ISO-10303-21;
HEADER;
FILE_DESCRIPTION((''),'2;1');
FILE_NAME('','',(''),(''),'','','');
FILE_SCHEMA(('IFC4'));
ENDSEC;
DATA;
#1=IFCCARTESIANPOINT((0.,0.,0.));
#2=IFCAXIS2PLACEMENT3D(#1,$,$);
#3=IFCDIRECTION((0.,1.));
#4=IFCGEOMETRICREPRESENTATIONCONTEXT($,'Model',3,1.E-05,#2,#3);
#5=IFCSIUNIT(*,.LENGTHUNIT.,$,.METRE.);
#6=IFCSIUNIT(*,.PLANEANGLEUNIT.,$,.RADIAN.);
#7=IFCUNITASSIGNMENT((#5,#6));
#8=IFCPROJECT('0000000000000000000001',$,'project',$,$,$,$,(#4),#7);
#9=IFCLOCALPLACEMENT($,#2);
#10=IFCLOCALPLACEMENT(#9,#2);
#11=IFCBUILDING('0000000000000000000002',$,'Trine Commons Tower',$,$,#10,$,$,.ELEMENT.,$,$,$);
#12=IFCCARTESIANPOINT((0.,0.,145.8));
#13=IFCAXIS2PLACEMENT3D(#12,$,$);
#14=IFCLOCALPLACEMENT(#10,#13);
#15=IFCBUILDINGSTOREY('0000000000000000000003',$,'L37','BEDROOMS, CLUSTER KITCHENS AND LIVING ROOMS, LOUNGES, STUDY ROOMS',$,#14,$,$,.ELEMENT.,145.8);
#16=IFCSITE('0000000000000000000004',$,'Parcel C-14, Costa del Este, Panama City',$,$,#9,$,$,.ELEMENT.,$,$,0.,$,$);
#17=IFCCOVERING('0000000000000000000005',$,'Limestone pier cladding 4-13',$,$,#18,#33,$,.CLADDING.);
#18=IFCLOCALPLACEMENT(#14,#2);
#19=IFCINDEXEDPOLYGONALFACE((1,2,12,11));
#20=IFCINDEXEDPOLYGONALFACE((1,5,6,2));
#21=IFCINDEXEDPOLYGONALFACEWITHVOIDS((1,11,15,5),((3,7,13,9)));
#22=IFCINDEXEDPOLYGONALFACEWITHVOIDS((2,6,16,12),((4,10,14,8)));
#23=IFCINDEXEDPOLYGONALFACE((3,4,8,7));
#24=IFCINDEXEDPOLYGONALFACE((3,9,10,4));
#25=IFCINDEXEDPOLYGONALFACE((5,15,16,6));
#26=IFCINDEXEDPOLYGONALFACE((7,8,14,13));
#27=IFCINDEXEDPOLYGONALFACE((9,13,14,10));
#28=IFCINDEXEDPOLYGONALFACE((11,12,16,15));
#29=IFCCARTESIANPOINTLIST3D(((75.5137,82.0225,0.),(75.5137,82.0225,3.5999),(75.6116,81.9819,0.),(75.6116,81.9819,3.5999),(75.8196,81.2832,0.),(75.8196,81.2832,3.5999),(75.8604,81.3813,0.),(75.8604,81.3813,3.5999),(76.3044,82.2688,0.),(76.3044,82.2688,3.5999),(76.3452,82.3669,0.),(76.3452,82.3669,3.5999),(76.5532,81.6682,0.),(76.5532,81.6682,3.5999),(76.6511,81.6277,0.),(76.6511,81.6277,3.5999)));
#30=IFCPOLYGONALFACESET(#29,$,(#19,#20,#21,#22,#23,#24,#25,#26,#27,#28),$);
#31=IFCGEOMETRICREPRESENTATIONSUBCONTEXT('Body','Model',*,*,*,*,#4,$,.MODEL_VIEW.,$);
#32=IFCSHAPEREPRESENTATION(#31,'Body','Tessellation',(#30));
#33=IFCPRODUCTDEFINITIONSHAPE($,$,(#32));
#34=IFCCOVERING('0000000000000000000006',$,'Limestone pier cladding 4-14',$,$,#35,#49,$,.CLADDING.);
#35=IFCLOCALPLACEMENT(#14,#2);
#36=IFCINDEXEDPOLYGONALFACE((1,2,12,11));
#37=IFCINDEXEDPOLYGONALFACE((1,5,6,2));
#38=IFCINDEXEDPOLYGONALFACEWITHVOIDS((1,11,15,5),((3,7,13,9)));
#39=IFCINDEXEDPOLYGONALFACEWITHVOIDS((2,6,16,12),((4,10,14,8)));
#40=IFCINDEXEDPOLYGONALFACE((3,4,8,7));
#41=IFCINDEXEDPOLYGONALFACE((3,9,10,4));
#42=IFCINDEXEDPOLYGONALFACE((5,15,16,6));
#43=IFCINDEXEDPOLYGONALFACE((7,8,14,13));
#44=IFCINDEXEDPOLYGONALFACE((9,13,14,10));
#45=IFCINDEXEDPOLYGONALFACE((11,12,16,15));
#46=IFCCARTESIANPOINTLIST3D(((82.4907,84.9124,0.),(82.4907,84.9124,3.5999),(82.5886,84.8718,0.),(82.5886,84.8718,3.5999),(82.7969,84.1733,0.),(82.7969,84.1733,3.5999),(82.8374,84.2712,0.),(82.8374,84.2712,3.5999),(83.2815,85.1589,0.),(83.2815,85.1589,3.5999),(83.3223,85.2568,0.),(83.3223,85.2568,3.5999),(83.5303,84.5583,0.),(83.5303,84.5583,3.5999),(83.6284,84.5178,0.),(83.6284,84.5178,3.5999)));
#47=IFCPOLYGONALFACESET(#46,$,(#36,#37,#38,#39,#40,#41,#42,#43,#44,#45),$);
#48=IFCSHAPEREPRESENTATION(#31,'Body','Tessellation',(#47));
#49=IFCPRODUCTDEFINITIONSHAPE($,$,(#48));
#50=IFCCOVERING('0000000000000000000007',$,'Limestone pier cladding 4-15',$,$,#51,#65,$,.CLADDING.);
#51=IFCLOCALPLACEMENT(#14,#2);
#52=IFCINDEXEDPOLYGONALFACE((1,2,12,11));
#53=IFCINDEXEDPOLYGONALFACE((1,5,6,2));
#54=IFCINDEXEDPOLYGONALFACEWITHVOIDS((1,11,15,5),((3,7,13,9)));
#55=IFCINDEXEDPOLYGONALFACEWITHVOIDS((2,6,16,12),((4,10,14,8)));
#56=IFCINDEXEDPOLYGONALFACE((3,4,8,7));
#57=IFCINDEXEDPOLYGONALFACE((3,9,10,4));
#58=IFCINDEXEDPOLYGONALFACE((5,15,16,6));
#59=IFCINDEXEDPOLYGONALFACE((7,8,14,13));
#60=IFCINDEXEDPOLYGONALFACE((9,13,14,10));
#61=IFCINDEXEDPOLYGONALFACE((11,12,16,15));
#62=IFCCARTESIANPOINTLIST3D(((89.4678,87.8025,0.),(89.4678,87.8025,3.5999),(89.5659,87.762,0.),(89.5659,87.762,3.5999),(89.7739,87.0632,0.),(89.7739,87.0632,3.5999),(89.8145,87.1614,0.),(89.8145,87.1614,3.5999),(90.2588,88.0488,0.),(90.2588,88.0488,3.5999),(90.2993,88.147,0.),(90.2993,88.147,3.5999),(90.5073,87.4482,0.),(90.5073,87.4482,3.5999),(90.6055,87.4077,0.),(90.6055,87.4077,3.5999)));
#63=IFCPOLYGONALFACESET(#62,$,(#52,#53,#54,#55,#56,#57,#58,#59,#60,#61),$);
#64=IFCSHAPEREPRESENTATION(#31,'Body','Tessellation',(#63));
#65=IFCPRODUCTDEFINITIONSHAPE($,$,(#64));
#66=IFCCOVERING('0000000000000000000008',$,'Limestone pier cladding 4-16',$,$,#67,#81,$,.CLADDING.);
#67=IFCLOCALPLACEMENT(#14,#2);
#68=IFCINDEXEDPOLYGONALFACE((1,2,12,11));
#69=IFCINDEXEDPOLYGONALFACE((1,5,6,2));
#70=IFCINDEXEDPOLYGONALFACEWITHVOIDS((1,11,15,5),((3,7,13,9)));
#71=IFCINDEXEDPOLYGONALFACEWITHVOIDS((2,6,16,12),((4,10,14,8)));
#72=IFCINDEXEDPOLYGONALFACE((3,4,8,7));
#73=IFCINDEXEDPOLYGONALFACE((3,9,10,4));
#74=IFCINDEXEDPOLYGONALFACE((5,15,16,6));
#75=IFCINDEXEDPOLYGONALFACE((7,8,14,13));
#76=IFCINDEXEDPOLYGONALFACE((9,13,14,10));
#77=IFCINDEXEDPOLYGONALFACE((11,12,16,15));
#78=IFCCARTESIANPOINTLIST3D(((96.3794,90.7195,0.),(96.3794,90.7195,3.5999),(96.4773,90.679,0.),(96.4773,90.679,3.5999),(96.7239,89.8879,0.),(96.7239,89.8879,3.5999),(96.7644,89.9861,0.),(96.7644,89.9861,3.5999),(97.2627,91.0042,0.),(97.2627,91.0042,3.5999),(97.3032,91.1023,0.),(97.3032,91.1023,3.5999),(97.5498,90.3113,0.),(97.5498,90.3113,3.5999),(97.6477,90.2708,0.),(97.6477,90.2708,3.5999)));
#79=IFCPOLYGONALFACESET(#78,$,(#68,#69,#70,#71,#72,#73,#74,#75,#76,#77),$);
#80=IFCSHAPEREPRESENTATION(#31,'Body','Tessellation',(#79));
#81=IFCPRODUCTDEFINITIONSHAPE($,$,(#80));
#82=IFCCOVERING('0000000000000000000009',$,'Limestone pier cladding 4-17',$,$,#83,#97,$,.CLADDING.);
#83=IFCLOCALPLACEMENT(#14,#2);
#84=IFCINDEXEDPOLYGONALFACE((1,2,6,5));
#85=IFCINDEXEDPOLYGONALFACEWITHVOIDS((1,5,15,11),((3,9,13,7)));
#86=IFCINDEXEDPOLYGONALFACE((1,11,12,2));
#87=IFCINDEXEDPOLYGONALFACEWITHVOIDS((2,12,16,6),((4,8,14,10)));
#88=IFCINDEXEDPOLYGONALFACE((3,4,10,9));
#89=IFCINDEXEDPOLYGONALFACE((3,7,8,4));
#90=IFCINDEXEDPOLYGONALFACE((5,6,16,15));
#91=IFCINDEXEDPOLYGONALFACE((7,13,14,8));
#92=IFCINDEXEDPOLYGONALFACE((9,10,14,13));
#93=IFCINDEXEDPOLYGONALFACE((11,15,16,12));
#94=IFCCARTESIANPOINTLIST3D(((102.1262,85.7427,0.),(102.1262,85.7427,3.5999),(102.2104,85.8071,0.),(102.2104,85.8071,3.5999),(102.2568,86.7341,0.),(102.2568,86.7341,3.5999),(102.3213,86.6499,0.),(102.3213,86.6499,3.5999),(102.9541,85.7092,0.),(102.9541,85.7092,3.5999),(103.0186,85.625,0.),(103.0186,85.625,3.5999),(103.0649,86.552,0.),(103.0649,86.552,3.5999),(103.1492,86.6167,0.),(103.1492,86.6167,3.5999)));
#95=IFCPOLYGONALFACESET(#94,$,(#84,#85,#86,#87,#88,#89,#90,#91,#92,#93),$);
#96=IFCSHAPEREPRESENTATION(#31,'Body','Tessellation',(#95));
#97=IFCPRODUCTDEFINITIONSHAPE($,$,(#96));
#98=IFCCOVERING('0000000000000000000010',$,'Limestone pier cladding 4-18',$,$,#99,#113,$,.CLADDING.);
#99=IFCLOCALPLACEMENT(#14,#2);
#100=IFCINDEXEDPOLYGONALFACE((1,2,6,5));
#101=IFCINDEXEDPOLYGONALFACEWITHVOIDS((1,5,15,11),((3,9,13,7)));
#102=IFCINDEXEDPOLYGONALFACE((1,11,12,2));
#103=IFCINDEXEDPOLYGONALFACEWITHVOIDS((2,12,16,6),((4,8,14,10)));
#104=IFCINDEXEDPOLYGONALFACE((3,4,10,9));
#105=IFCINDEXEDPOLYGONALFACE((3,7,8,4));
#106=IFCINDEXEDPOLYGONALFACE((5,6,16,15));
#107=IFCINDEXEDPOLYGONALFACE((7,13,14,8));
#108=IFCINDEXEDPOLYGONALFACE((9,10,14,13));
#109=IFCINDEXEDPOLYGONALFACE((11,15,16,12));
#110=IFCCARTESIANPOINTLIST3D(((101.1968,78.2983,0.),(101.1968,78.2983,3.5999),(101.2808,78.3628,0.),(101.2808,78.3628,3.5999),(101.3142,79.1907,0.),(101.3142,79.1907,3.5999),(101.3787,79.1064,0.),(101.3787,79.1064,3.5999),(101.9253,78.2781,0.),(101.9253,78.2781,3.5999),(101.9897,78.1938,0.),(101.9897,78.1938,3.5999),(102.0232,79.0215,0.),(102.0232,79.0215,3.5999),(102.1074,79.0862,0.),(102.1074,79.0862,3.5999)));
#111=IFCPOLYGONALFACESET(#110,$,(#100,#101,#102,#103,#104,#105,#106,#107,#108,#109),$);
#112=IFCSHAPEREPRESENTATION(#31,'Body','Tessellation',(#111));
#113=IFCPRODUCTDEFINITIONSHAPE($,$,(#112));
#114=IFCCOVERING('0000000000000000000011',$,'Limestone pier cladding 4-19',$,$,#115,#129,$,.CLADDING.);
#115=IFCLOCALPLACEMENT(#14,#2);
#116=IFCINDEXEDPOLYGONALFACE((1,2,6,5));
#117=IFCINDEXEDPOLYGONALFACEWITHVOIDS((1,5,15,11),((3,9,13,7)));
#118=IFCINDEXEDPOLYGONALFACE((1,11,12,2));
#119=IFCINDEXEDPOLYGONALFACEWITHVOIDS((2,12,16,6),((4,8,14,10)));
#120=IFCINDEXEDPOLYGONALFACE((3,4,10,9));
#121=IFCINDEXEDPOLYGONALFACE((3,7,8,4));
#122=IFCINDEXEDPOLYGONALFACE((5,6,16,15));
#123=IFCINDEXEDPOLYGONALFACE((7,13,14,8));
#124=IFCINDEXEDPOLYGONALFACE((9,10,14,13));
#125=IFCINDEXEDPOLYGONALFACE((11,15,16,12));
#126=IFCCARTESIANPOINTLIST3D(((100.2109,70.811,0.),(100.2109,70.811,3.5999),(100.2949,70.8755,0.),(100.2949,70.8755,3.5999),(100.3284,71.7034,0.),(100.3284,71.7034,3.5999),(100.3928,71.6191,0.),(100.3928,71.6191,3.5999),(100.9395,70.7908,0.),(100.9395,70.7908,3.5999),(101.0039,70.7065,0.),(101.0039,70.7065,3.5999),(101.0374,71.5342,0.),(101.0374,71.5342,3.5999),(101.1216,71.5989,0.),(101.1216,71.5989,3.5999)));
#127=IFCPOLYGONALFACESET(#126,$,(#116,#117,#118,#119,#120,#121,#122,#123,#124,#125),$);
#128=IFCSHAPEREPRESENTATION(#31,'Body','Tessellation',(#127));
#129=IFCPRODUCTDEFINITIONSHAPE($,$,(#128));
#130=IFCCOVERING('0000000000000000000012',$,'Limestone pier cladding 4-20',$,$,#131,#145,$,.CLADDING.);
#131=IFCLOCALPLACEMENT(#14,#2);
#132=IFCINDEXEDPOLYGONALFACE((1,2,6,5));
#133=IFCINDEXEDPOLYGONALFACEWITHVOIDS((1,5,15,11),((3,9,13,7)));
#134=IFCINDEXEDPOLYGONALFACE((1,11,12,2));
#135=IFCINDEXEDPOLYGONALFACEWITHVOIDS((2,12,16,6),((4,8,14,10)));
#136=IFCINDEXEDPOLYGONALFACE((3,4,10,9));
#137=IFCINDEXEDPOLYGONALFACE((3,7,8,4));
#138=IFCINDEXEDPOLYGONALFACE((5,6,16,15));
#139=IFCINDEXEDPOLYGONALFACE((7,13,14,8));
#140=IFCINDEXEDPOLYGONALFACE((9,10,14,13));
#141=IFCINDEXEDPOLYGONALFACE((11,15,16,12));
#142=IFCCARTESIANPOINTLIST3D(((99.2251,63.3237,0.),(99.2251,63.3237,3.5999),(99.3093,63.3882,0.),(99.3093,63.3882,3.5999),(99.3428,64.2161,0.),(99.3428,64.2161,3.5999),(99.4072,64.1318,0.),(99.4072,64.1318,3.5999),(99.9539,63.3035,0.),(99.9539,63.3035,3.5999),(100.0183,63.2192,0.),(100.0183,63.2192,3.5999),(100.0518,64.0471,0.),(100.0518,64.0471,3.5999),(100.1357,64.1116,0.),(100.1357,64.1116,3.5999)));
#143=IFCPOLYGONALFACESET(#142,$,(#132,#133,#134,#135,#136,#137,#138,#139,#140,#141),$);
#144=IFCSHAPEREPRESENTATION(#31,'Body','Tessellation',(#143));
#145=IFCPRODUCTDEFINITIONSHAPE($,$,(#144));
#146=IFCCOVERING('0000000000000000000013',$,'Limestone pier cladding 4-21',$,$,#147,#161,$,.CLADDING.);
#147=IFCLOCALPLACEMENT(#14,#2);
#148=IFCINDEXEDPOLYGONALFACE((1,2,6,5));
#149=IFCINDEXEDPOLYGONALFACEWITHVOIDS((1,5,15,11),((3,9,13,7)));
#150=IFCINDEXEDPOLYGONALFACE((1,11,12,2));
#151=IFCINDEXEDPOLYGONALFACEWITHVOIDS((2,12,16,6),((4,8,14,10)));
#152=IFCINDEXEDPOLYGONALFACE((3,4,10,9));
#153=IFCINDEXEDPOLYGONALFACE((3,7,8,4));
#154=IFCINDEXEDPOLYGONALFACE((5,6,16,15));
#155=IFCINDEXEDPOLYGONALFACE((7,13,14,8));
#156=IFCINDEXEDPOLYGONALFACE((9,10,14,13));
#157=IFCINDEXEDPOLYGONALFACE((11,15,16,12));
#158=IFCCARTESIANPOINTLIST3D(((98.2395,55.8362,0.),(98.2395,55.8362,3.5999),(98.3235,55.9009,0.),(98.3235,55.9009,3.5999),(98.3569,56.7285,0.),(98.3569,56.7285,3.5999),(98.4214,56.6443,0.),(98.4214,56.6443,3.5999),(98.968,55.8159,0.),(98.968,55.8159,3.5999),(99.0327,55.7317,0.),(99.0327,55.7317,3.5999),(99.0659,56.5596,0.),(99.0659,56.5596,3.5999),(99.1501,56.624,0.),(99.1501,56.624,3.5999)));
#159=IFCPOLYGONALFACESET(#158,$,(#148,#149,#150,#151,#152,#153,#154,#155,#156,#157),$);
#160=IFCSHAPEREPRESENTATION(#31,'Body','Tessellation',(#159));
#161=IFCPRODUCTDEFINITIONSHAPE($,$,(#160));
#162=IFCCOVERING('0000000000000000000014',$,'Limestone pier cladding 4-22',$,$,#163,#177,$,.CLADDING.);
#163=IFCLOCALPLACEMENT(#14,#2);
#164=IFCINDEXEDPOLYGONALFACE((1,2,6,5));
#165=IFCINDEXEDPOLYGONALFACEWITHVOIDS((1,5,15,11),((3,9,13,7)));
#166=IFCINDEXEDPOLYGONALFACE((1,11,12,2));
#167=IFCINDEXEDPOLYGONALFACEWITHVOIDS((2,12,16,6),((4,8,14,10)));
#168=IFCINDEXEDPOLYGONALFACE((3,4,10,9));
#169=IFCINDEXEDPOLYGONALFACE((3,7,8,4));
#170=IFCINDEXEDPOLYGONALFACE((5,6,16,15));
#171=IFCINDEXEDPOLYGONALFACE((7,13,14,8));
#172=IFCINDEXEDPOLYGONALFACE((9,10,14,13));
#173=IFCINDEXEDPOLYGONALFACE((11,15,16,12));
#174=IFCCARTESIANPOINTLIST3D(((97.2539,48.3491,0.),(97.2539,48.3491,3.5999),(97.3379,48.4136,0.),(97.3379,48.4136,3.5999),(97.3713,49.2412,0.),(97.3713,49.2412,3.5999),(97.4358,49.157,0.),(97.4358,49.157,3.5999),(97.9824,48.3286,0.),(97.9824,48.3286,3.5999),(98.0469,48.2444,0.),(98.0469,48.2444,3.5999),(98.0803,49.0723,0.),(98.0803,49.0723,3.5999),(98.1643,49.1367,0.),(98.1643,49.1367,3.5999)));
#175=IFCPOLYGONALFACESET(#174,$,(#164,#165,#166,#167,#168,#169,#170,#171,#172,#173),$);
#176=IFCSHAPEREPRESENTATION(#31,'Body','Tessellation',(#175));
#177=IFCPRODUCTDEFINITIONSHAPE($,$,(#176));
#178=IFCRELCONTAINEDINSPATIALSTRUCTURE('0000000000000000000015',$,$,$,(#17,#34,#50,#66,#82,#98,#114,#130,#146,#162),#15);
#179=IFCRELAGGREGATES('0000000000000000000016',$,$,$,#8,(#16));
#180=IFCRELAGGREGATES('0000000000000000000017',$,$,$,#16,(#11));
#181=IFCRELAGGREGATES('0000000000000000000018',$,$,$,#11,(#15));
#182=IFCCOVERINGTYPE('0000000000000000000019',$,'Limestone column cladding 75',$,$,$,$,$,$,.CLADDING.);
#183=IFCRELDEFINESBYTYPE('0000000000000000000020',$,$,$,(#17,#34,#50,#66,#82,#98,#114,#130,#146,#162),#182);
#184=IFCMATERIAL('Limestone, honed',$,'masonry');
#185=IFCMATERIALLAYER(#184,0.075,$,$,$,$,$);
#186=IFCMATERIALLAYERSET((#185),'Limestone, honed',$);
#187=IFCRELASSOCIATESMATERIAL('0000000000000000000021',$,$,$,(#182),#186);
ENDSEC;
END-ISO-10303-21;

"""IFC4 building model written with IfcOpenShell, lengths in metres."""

from ifc_helpers import new_model, si_unit, direction, frame, origin, place, context, subcontext, project, spatial, polyline, outline, extrude, material, layer, layer_set, type_object, element, save


model = new_model("IFC4")

# Units and contexts
model_context = context("Model", 3, precision=1e-05, world=origin(), true_north=direction((0.0, 1.0)))
body_context = subcontext(model_context, "Body", "Model", "MODEL_VIEW")
ifc_project = project(units=[si_unit("LENGTHUNIT", "METRE"), si_unit("PLANEANGLEUNIT", "RADIAN")], contexts=[model_context])

# Site, building, storey
site_placement = place(None, origin())
site = spatial("IfcSite", under=ifc_project, at=site_placement, Name="Parcel C-14, Costa del Este, Panama City", CompositionType="ELEMENT", RefElevation=0.0)
building_placement = place(site_placement, origin())
building = spatial("IfcBuilding", under=site, at=building_placement, Name="Trine Commons Tower", CompositionType="ELEMENT")
storey_placement = place(building_placement, frame((0.0, 0.0, 145.8)))
storey = spatial("IfcBuildingStorey", under=building, at=storey_placement, Name="L37", Description="BEDROOMS, CLUSTER KITCHENS AND LIVING ROOMS, LOUNGES, STUDY ROOMS", CompositionType="ELEMENT", Elevation=145.8)

# Coverings
ifc_material_1 = material(Name="Limestone, honed", Category="masonry")
ifc_layer_1 = layer(ifc_material_1, 0.075)
ifc_layer_set_1 = layer_set([ifc_layer_1], Name="Limestone, honed")
covering_type_1 = type_object("IfcCoveringType", Name="Limestone column cladding 75", PredefinedType="CLADDING", material=ifc_layer_set_1)
covering_1_placement = place(storey_placement, origin())
element("IfcCovering", 1, at=covering_1_placement, inside=storey, type_object=covering_type_1, Name="Limestone pier cladding 4-13", PredefinedType="CLADDING", context=body_context, shape_type="SweptSolid", body=[
    extrude(outline(polyline([(76.6511, 81.6277), (76.3452, 82.3669), (75.5137, 82.0225), (75.8196, 81.2832), (76.6511, 81.6277)]), holes=[polyline([(76.5532, 81.6682), (76.3044, 82.2688), (75.6116, 81.9819), (75.8604, 81.3813), (76.5532, 81.6682)])]), origin(), (0.0, 0.0, 1.0), 3.5999),
])
covering_2_placement = place(storey_placement, origin())
element("IfcCovering", 2, at=covering_2_placement, inside=storey, type_object=covering_type_1, Name="Limestone pier cladding 4-14", PredefinedType="CLADDING", context=body_context, shape_type="SweptSolid", body=[
    extrude(outline(polyline([(83.6284, 84.5178), (83.3223, 85.2568), (82.4907, 84.9124), (82.7969, 84.1733), (83.6284, 84.5178)]), holes=[polyline([(83.5303, 84.5583), (83.2815, 85.1589), (82.5886, 84.8718), (82.8374, 84.2712), (83.5303, 84.5583)])]), origin(), (0.0, 0.0, 1.0), 3.5999),
])
covering_3_placement = place(storey_placement, origin())
element("IfcCovering", 3, at=covering_3_placement, inside=storey, type_object=covering_type_1, Name="Limestone pier cladding 4-15", PredefinedType="CLADDING", context=body_context, shape_type="SweptSolid", body=[
    extrude(outline(polyline([(90.6055, 87.4077), (90.2993, 88.147), (89.4678, 87.8025), (89.7739, 87.0632), (90.6055, 87.4077)]), holes=[polyline([(90.5073, 87.4482), (90.2588, 88.0488), (89.5659, 87.762), (89.8145, 87.1614), (90.5073, 87.4482)])]), origin(), (0.0, 0.0, 1.0), 3.5999),
])
covering_4_placement = place(storey_placement, origin())
element("IfcCovering", 4, at=covering_4_placement, inside=storey, type_object=covering_type_1, Name="Limestone pier cladding 4-16", PredefinedType="CLADDING", context=body_context, shape_type="SweptSolid", body=[
    extrude(outline(polyline([(97.6477, 90.2708), (97.3032, 91.1023), (96.3794, 90.7195), (96.7239, 89.8879), (97.6477, 90.2708)]), holes=[polyline([(97.5498, 90.3113), (97.2627, 91.0042), (96.4773, 90.679), (96.7644, 89.9861), (97.5498, 90.3113)])]), origin(), (0.0, 0.0, 1.0), 3.5999),
])
covering_5_placement = place(storey_placement, origin())
element("IfcCovering", 5, at=covering_5_placement, inside=storey, type_object=covering_type_1, Name="Limestone pier cladding 4-17", PredefinedType="CLADDING", context=body_context, shape_type="SweptSolid", body=[
    extrude(outline(polyline([(103.1492, 86.6167), (102.2568, 86.7341), (102.1262, 85.7427), (103.0186, 85.625), (103.1492, 86.6167)]), holes=[polyline([(103.0649, 86.552), (102.3213, 86.6499), (102.2104, 85.8071), (102.9541, 85.7092), (103.0649, 86.552)])]), origin(), (0.0, 0.0, 1.0), 3.5999),
])
covering_6_placement = place(storey_placement, origin())
element("IfcCovering", 6, at=covering_6_placement, inside=storey, type_object=covering_type_1, Name="Limestone pier cladding 4-18", PredefinedType="CLADDING", context=body_context, shape_type="SweptSolid", body=[
    extrude(outline(polyline([(102.1074, 79.0862), (101.3142, 79.1907), (101.1968, 78.2983), (101.9897, 78.1938), (102.1074, 79.0862)]), holes=[polyline([(102.0232, 79.0215), (101.3787, 79.1064), (101.2808, 78.3628), (101.9253, 78.2781), (102.0232, 79.0215)])]), origin(), (0.0, 0.0, 1.0), 3.5999),
])
covering_7_placement = place(storey_placement, origin())
element("IfcCovering", 7, at=covering_7_placement, inside=storey, type_object=covering_type_1, Name="Limestone pier cladding 4-19", PredefinedType="CLADDING", context=body_context, shape_type="SweptSolid", body=[
    extrude(outline(polyline([(101.1216, 71.5989), (100.3284, 71.7034), (100.2109, 70.811), (101.0039, 70.7065), (101.1216, 71.5989)]), holes=[polyline([(101.0374, 71.5342), (100.3928, 71.6191), (100.2949, 70.8755), (100.9395, 70.7908), (101.0374, 71.5342)])]), origin(), (0.0, 0.0, 1.0), 3.5999),
])
covering_8_placement = place(storey_placement, origin())
element("IfcCovering", 8, at=covering_8_placement, inside=storey, type_object=covering_type_1, Name="Limestone pier cladding 4-20", PredefinedType="CLADDING", context=body_context, shape_type="SweptSolid", body=[
    extrude(outline(polyline([(100.1357, 64.1116), (99.3428, 64.2161), (99.2251, 63.3237), (100.0183, 63.2192), (100.1357, 64.1116)]), holes=[polyline([(100.0518, 64.0471), (99.4072, 64.1318), (99.3093, 63.3882), (99.9539, 63.3035), (100.0518, 64.0471)])]), origin(), (0.0, 0.0, 1.0), 3.5999),
])
covering_9_placement = place(storey_placement, origin())
element("IfcCovering", 9, at=covering_9_placement, inside=storey, type_object=covering_type_1, Name="Limestone pier cladding 4-21", PredefinedType="CLADDING", context=body_context, shape_type="SweptSolid", body=[
    extrude(outline(polyline([(99.1501, 56.624), (98.3569, 56.7285), (98.2395, 55.8362), (99.0327, 55.7317), (99.1501, 56.624)]), holes=[polyline([(99.0659, 56.5596), (98.4214, 56.6443), (98.3235, 55.9009), (98.968, 55.8159), (99.0659, 56.5596)])]), origin(), (0.0, 0.0, 1.0), 3.5999),
])
covering_10_placement = place(storey_placement, origin())
element("IfcCovering", 10, at=covering_10_placement, inside=storey, type_object=covering_type_1, Name="Limestone pier cladding 4-22", PredefinedType="CLADDING", context=body_context, shape_type="SweptSolid", body=[
    extrude(outline(polyline([(98.1643, 49.1367), (97.3713, 49.2412), (97.2539, 48.3491), (98.0469, 48.2444), (98.1643, 49.1367)]), holes=[polyline([(98.0803, 49.0723), (97.4358, 49.157), (97.3379, 48.4136), (97.9824, 48.3286), (98.0803, 49.0723)])]), origin(), (0.0, 0.0, 1.0), 3.5999),
])

save(model, "model.ifc")
